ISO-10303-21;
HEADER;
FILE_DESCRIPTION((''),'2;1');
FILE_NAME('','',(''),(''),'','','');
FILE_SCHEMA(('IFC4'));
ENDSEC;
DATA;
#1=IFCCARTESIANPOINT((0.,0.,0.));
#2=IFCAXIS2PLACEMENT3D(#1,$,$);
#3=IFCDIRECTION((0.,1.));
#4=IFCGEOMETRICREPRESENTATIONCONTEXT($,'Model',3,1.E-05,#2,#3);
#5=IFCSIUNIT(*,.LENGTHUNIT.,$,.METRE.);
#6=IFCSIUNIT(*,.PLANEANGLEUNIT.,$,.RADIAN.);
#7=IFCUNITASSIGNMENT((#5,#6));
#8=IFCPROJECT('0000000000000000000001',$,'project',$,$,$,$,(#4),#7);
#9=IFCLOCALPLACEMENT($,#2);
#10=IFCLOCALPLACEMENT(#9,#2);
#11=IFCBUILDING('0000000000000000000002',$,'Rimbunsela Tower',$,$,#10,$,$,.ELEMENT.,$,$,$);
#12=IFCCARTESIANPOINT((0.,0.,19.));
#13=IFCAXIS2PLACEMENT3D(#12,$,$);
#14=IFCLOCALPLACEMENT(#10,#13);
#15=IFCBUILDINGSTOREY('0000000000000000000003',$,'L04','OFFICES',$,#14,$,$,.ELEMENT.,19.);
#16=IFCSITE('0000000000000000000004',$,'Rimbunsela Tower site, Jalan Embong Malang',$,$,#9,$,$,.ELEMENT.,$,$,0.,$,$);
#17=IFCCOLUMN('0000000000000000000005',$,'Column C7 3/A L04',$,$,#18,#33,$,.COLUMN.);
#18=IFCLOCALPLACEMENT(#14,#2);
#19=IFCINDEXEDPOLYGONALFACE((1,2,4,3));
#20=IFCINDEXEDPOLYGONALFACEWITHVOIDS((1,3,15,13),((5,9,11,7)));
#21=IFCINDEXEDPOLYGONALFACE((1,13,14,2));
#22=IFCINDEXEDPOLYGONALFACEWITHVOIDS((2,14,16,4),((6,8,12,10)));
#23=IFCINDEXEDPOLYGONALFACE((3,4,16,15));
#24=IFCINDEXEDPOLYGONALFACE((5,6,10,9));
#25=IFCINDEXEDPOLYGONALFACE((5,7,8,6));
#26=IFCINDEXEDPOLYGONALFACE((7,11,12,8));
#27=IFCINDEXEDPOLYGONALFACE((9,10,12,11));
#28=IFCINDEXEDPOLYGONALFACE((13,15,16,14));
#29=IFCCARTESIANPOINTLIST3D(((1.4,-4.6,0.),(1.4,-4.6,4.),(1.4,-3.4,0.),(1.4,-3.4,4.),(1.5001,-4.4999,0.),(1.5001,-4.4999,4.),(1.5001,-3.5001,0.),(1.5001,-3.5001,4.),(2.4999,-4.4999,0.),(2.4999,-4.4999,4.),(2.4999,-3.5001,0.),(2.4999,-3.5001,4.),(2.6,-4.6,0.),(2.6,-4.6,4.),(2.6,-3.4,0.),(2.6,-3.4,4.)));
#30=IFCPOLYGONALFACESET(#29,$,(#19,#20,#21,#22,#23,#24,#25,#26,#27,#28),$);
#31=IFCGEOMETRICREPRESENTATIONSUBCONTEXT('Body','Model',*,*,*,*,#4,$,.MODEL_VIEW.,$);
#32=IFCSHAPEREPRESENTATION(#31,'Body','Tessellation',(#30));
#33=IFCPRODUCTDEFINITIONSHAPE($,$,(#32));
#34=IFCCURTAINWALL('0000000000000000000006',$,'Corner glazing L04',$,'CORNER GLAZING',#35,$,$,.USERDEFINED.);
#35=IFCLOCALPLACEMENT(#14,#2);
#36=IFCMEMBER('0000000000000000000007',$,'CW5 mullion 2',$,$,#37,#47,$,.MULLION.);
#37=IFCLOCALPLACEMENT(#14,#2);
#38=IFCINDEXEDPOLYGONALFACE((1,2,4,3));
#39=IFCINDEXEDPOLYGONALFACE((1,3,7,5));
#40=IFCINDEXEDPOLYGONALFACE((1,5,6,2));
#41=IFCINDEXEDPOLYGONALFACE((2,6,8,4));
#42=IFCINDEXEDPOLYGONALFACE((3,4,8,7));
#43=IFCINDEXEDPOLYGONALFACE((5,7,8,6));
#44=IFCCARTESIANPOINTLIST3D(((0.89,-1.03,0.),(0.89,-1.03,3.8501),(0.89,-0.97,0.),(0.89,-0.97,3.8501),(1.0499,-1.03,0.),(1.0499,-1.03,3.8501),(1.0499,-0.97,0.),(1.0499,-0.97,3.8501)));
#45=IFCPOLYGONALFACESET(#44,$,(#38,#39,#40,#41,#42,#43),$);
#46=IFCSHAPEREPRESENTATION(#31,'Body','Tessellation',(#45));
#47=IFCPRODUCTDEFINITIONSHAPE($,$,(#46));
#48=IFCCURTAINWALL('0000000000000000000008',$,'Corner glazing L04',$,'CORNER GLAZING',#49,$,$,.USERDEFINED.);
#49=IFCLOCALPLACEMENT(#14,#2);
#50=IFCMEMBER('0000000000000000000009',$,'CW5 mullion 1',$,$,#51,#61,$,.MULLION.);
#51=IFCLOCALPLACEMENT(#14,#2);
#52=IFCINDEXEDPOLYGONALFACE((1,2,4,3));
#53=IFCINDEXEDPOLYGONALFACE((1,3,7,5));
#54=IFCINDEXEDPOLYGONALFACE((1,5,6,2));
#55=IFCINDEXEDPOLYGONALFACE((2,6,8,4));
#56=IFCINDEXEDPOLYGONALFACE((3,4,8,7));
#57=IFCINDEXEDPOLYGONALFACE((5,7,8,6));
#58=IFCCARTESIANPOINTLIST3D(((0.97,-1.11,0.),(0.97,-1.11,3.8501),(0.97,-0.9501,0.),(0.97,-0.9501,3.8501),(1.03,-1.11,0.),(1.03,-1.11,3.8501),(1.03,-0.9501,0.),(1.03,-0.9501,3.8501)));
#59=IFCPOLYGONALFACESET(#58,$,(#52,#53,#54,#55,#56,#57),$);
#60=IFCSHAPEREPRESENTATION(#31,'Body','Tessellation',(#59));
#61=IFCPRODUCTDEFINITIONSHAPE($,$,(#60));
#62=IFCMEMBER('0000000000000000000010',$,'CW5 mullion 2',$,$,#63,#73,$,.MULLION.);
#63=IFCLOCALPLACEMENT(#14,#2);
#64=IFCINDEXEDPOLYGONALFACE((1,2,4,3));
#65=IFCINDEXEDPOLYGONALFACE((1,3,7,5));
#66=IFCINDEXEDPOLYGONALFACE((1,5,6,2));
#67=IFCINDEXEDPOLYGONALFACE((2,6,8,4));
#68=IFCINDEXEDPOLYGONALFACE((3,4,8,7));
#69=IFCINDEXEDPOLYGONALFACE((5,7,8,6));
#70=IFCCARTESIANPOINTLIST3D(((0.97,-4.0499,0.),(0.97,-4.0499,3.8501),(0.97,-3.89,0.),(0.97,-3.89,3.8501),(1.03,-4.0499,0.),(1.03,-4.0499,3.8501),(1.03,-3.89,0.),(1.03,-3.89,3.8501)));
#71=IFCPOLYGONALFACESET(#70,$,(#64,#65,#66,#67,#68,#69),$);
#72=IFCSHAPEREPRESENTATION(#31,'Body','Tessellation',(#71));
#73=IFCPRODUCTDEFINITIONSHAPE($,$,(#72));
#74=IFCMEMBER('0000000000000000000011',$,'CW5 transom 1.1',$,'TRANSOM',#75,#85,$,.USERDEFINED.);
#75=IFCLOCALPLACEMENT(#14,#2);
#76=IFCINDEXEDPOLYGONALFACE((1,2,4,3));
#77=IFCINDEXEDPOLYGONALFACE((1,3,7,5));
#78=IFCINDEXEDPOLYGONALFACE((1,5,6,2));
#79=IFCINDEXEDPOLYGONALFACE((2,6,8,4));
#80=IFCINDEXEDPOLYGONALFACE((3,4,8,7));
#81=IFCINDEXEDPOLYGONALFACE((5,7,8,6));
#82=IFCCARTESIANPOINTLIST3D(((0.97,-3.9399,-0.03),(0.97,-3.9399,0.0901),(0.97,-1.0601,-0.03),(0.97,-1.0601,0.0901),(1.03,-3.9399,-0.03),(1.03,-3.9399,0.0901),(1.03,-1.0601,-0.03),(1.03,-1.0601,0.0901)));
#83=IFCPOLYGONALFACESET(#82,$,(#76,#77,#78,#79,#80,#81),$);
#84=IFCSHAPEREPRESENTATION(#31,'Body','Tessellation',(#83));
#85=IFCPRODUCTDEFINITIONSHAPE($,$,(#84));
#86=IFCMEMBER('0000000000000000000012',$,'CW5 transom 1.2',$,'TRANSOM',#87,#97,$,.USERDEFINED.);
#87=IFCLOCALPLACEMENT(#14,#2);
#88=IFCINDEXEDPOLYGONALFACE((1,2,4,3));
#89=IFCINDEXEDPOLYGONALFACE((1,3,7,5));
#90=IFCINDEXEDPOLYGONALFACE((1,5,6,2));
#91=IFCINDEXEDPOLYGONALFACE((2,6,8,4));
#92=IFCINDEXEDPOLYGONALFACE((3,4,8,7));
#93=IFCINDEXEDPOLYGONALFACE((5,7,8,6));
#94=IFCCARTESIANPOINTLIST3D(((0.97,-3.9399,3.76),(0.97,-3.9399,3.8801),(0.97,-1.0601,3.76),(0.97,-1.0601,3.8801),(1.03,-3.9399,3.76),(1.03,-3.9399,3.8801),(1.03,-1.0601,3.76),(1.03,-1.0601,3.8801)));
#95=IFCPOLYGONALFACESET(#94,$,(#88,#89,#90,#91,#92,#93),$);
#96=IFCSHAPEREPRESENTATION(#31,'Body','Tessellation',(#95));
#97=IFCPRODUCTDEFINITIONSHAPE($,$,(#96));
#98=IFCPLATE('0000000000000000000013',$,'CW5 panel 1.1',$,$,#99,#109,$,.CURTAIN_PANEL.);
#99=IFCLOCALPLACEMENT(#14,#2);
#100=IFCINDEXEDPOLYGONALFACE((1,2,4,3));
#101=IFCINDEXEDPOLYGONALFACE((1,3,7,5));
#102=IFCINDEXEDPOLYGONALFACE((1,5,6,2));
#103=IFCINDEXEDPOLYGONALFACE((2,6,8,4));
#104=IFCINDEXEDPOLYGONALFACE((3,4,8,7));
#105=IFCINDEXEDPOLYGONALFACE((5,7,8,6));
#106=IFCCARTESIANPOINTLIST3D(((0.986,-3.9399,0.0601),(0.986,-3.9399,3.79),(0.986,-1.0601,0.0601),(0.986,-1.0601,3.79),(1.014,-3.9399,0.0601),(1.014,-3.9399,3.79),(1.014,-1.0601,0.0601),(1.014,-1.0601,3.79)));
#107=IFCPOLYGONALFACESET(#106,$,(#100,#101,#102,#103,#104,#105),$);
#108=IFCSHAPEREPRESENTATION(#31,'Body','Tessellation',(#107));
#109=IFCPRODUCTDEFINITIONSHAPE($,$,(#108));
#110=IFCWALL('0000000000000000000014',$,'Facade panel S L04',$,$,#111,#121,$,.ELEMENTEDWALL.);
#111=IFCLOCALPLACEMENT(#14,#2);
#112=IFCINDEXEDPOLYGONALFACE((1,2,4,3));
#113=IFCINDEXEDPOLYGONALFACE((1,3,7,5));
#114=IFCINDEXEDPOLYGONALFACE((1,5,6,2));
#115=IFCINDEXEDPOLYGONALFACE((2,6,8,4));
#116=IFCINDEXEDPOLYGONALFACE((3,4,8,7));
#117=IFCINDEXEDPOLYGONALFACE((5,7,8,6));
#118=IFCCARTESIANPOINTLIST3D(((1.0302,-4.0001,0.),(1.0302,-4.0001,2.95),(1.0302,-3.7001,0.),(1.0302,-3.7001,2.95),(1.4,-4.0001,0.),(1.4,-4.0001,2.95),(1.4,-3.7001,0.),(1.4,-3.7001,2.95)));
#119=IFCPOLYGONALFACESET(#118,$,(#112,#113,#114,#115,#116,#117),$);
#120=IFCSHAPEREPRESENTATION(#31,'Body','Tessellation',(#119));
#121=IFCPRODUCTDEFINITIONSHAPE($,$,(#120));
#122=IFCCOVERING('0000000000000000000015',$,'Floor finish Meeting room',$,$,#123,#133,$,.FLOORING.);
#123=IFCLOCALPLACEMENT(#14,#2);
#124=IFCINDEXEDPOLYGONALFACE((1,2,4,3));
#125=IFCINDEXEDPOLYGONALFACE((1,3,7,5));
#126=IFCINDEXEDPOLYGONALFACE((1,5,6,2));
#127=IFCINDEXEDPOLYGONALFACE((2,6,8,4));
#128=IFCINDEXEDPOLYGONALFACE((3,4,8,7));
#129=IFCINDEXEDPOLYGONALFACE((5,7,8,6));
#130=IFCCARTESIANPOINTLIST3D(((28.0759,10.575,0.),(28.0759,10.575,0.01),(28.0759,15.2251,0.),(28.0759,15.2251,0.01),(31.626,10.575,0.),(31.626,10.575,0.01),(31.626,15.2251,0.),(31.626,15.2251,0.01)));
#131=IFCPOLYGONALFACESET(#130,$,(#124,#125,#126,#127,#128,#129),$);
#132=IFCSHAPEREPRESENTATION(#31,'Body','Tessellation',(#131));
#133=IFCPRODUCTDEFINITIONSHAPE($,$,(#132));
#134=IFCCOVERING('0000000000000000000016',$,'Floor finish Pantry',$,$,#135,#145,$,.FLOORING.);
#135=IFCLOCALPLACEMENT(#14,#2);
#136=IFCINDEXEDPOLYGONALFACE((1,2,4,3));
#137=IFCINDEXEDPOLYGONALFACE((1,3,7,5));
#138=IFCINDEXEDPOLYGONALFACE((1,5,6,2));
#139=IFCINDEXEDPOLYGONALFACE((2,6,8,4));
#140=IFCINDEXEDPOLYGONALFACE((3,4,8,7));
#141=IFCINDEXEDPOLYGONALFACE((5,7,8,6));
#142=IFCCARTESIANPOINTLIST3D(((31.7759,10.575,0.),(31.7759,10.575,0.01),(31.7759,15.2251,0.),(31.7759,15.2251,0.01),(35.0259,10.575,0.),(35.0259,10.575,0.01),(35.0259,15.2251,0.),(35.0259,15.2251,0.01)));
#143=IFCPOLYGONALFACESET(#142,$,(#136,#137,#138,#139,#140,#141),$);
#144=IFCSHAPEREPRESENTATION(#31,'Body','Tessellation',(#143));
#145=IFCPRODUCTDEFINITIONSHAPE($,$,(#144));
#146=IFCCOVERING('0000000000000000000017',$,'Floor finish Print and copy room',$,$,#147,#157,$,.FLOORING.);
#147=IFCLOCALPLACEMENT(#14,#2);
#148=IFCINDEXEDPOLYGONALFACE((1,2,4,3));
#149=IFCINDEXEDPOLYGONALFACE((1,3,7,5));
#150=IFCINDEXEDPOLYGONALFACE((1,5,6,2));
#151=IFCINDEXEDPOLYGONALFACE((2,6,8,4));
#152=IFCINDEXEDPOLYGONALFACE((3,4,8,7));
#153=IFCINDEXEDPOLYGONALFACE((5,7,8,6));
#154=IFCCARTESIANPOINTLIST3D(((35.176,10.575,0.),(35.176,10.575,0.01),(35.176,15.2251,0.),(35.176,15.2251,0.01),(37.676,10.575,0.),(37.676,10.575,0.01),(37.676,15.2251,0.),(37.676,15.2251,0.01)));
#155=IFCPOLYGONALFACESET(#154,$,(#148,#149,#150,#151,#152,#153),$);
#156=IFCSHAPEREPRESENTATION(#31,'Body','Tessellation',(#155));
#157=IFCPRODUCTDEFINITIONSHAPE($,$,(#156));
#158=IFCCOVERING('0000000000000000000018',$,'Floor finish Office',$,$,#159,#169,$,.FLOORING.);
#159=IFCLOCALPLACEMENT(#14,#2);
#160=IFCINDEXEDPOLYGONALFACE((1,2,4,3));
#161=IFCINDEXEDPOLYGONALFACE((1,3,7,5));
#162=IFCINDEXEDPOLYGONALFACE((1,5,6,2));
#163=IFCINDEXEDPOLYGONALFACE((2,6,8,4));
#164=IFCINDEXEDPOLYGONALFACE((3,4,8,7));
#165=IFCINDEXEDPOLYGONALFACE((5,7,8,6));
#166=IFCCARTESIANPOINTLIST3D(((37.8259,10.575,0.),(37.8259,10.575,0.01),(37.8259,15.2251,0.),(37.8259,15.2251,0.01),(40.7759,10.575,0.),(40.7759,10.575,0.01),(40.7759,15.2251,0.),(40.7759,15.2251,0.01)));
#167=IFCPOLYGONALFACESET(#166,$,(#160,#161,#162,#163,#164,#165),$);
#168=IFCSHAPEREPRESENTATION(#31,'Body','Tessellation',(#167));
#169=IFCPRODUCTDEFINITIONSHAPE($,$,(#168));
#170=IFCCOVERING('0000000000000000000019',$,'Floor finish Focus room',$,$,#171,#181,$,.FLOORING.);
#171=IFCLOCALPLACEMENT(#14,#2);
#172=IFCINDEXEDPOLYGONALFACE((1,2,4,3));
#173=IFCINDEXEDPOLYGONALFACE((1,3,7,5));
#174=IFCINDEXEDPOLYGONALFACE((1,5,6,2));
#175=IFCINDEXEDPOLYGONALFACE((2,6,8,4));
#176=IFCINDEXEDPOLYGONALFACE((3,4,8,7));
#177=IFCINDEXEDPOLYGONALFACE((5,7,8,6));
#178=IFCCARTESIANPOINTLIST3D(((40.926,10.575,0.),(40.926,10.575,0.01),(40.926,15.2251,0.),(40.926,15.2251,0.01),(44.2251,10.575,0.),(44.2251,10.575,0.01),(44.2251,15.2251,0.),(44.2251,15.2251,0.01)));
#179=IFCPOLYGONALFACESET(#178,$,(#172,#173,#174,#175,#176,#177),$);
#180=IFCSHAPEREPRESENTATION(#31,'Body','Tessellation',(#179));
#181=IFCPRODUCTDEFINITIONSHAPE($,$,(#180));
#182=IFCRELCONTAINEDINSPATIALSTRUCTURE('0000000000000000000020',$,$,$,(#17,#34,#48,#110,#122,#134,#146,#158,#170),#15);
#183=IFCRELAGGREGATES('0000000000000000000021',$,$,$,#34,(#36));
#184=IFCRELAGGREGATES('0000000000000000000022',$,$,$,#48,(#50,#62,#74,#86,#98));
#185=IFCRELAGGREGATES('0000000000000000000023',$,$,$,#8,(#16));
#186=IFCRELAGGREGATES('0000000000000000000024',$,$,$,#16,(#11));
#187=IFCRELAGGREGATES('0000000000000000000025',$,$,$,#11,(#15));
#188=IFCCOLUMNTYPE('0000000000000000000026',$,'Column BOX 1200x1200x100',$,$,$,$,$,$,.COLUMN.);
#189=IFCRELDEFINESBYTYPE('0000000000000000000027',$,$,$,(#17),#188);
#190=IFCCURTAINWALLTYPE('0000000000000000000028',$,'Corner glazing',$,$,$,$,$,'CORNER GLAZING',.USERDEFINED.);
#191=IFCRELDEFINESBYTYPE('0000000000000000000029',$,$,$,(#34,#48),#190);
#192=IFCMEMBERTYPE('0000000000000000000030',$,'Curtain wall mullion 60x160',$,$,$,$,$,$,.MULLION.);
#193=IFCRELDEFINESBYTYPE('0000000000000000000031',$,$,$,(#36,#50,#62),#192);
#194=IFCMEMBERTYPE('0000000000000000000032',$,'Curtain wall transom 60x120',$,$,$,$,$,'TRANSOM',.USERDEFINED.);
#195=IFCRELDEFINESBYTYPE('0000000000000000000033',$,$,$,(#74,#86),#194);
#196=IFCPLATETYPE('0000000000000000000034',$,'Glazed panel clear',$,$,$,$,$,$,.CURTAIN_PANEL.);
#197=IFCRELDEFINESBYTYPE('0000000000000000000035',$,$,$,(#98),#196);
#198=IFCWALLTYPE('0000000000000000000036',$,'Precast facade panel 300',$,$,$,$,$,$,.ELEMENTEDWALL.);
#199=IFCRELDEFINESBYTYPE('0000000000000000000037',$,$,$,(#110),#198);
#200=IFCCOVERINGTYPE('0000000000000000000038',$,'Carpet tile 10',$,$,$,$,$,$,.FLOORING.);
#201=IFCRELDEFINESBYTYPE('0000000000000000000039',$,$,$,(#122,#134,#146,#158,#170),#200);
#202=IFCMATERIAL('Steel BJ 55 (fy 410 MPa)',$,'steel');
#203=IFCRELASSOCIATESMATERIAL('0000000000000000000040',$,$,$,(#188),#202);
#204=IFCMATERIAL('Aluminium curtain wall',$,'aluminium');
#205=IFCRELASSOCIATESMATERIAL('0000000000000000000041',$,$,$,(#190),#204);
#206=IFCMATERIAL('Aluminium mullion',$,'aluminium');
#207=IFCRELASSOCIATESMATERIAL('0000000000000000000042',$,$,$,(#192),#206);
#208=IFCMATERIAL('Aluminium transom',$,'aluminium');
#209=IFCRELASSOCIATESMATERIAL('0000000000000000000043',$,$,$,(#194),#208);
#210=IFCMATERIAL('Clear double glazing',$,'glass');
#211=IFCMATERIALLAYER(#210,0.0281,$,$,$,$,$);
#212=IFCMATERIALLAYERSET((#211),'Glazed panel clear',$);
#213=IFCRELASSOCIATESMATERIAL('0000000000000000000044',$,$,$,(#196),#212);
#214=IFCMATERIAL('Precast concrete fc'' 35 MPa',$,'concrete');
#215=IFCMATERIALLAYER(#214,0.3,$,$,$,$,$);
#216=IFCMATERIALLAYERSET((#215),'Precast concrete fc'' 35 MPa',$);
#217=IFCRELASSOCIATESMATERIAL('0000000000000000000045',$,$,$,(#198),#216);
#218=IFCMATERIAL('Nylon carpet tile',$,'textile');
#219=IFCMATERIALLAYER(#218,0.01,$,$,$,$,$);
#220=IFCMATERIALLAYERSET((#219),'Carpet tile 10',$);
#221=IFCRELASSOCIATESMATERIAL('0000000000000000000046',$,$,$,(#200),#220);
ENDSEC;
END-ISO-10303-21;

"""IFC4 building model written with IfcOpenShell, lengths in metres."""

from ifc_helpers import new_model, si_unit, direction, frame, frame_2d, origin, origin_2d, place, context, subcontext, project, spatial, polyline, rectangle, hollow_rectangle, outline, extrude, material, layer, layer_set, material_profile, profile_set, type_object, element, aggregate, save


model = new_model("IFC4")

# Units and contexts
model_context = context("Model", 3, precision=1e-05, world=origin(), true_north=direction((0.0, 1.0)))
body_context = subcontext(model_context, "Body", "Model", "MODEL_VIEW")
ifc_project = project(units=[si_unit("LENGTHUNIT", "METRE"), si_unit("PLANEANGLEUNIT", "RADIAN")], contexts=[model_context])

# Site, building, storey
site_placement = place(None, origin())
site = spatial("IfcSite", under=ifc_project, at=site_placement, Name="Rimbunsela Tower site, Jalan Embong Malang", CompositionType="ELEMENT", RefElevation=0.0)
building_placement = place(site_placement, origin())
building = spatial("IfcBuilding", under=site, at=building_placement, Name="Rimbunsela Tower", CompositionType="ELEMENT")
storey_placement = place(building_placement, frame((0.0, 0.0, 19.0)))
storey = spatial("IfcBuildingStorey", under=building, at=storey_placement, Name="L04", Description="OFFICES", CompositionType="ELEMENT", Elevation=19.0)

# Column
ifc_material_1 = material(Name="Steel BJ 55 (fy 410 MPa)", Category="steel")
ifc_material_profile_1 = material_profile(ifc_material_1, hollow_rectangle(XDim=1.2, YDim=1.2, WallThickness=0.1001, at=origin_2d()), Name="BOX 1200x1200x100")
ifc_profile_set_1 = profile_set([ifc_material_profile_1], Name="Steel BJ 55 (fy 410 MPa)")
column_type = type_object("IfcColumnType", Name="Column BOX 1200x1200x100", PredefinedType="COLUMN", material=ifc_profile_set_1)
column_placement = place(storey_placement, frame((2.0, -4.0, 0.0), z_axis=(0.0, 0.0, 1.0), x_axis=(1.0, 0.0, 0.0)))
element("IfcColumn", 1, at=column_placement, inside=storey, type_object=column_type, Name="Column C7 3/A L04", PredefinedType="COLUMN", context=body_context, shape_type="SweptSolid", body=[
    extrude(hollow_rectangle(XDim=1.2, YDim=1.2, WallThickness=0.1001, at=origin_2d()), origin(), (0.0, 0.0, 1.0), 4.0),
])

# Curtain wall, member
ifc_material_2 = material(Name="Aluminium curtain wall", Category="aluminium")
curtain_wall_type = type_object("IfcCurtainWallType", Name="Corner glazing", ElementType="CORNER GLAZING", PredefinedType="USERDEFINED", material=ifc_material_2)
curtain_wall_1_placement = place(storey_placement, origin())
curtain_wall_1 = element("IfcCurtainWall", 2, at=curtain_wall_1_placement, inside=storey, type_object=curtain_wall_type, Name="Corner glazing L04", ObjectType="CORNER GLAZING", PredefinedType="USERDEFINED")
ifc_material_3 = material(Name="Aluminium mullion", Category="aluminium")
ifc_material_profile_2 = material_profile(ifc_material_3, rectangle(XDim=0.0601, YDim=0.1599, at=origin_2d()), Name="Mullion 60x160")
ifc_profile_set_2 = profile_set([ifc_material_profile_2], Name="Aluminium mullion")
member_type_1 = type_object("IfcMemberType", Name="Curtain wall mullion 60x160", PredefinedType="MULLION", material=ifc_profile_set_2)
member_1_placement = place(storey_placement, frame((0.97, -1.0, 0.0), z_axis=(0.0, 0.0, 1.0), x_axis=(0.0, 1.0, 0.0)))
member_1 = element("IfcMember", 3, at=member_1_placement, type_object=member_type_1, Name="CW5 mullion 2", PredefinedType="MULLION", context=body_context, shape_type="SweptSolid", body=[
    extrude(rectangle(XDim=0.0601, YDim=0.1599, at=origin_2d()), origin(), (0.0, 0.0, 1.0), 3.8501),
])
aggregate(curtain_wall_1, [member_1])

# Curtain wall, members, plate
curtain_wall_2_placement = place(storey_placement, origin())
curtain_wall_2 = element("IfcCurtainWall", 4, at=curtain_wall_2_placement, inside=storey, type_object=curtain_wall_type, Name="Corner glazing L04", ObjectType="CORNER GLAZING", PredefinedType="USERDEFINED")
member_2_placement = place(storey_placement, frame((1.0, -1.03, 0.0), z_axis=(0.0, 0.0, 1.0), x_axis=(1.0, 0.0, 0.0)))
member_2 = element("IfcMember", 5, at=member_2_placement, type_object=member_type_1, Name="CW5 mullion 1", PredefinedType="MULLION", context=body_context, shape_type="SweptSolid", body=[
    extrude(rectangle(XDim=0.0601, YDim=0.1599, at=origin_2d()), origin(), (0.0, 0.0, 1.0), 3.8501),
])
member_3_placement = place(storey_placement, frame((1.0, -3.97, 0.0), z_axis=(0.0, 0.0, 1.0), x_axis=(1.0, 0.0, 0.0)))
member_3 = element("IfcMember", 6, at=member_3_placement, type_object=member_type_1, Name="CW5 mullion 2", PredefinedType="MULLION", context=body_context, shape_type="SweptSolid", body=[
    extrude(rectangle(XDim=0.0601, YDim=0.1599, at=origin_2d()), origin(), (0.0, 0.0, 1.0), 3.8501),
])
ifc_material_4 = material(Name="Aluminium transom", Category="aluminium")
ifc_material_profile_3 = material_profile(ifc_material_4, rectangle(XDim=0.0601, YDim=0.1201, at=origin_2d()), Name="Transom 60x120")
ifc_profile_set_3 = profile_set([ifc_material_profile_3], Name="Aluminium transom")
member_type_2 = type_object("IfcMemberType", Name="Curtain wall transom 60x120", ElementType="TRANSOM", PredefinedType="USERDEFINED", material=ifc_profile_set_3)
member_4_placement = place(storey_placement, frame((1.0, -1.0601, 0.03), z_axis=(0.0, -1.0, 0.0), x_axis=(1.0, 0.0, 0.0)))
member_4 = element("IfcMember", 7, at=member_4_placement, type_object=member_type_2, Name="CW5 transom 1.1", ObjectType="TRANSOM", PredefinedType="USERDEFINED", context=body_context, shape_type="SweptSolid", body=[
    extrude(rectangle(XDim=0.0601, YDim=0.1201, at=origin_2d()), origin(), (0.0, 0.0, 1.0), 2.8799),
])
member_5_placement = place(storey_placement, frame((1.0, -1.0601, 3.8201), z_axis=(0.0, -1.0, 0.0), x_axis=(1.0, 0.0, 0.0)))
member_5 = element("IfcMember", 8, at=member_5_placement, type_object=member_type_2, Name="CW5 transom 1.2", ObjectType="TRANSOM", PredefinedType="USERDEFINED", context=body_context, shape_type="SweptSolid", body=[
    extrude(rectangle(XDim=0.0601, YDim=0.1201, at=origin_2d()), origin(), (0.0, 0.0, 1.0), 2.8799),
])
ifc_material_5 = material(Name="Clear double glazing", Category="glass")
ifc_layer_1 = layer(ifc_material_5, 0.0281)
ifc_layer_set_1 = layer_set([ifc_layer_1], Name="Glazed panel clear")
plate_type = type_object("IfcPlateType", Name="Glazed panel clear", PredefinedType="CURTAIN_PANEL", material=ifc_layer_set_1)
plate_placement = place(storey_placement, frame((1.0, -2.5, 0.0601), z_axis=(0.0, 0.0, 1.0), x_axis=(0.0, -1.0, 0.0)))
plate = element("IfcPlate", 9, at=plate_placement, type_object=plate_type, Name="CW5 panel 1.1", PredefinedType="CURTAIN_PANEL", context=body_context, shape_type="SweptSolid", body=[
    extrude(rectangle(XDim=2.8799, YDim=0.0281, at=origin_2d()), origin(), (0.0, 0.0, 1.0), 3.73),
])
aggregate(curtain_wall_2, [member_2, member_3, member_4, member_5, plate])

# Wall
ifc_material_6 = material(Name="Precast concrete fc' 35 MPa", Category="concrete")
ifc_layer_2 = layer(ifc_material_6, 0.3)
ifc_layer_set_2 = layer_set([ifc_layer_2], Name="Precast concrete fc' 35 MPa")
wall_type = type_object("IfcWallType", Name="Precast facade panel 300", PredefinedType="ELEMENTEDWALL", material=ifc_layer_set_2)
wall_placement = place(storey_placement, frame((1.03, -3.8501, 0.0), z_axis=(0.0, 0.0, 1.0), x_axis=(1.0, 0.0, 0.0)))
element("IfcWall", 10, at=wall_placement, inside=storey, type_object=wall_type, Name="Facade panel S L04", PredefinedType="ELEMENTEDWALL", context=body_context, shape_type="SweptSolid", body=[
    extrude(rectangle(XDim=0.3699, YDim=0.3, at=frame_2d((0.1851, 0.0))), origin(), (0.0, 0.0, 1.0), 2.95),
])

# Coverings
ifc_material_7 = material(Name="Nylon carpet tile", Category="textile")
ifc_layer_3 = layer(ifc_material_7, 0.01)
ifc_layer_set_3 = layer_set([ifc_layer_3], Name="Carpet tile 10")
covering_type_1 = type_object("IfcCoveringType", Name="Carpet tile 10", PredefinedType="FLOORING", material=ifc_layer_set_3)
covering_1_placement = place(storey_placement, origin())
element("IfcCovering", 11, at=covering_1_placement, inside=storey, type_object=covering_type_1, Name="Floor finish Meeting room", PredefinedType="FLOORING", context=body_context, shape_type="SweptSolid", body=[
    extrude(outline(polyline([(31.626, 10.575), (31.626, 15.2251), (28.0759, 15.2251), (28.0759, 10.575), (31.626, 10.575)])), origin(), (0.0, 0.0, 1.0), 0.01),
])
covering_2_placement = place(storey_placement, origin())
element("IfcCovering", 12, at=covering_2_placement, inside=storey, type_object=covering_type_1, Name="Floor finish Pantry", PredefinedType="FLOORING", context=body_context, shape_type="SweptSolid", body=[
    extrude(outline(polyline([(35.0259, 10.575), (35.0259, 15.2251), (31.7759, 15.2251), (31.7759, 10.575), (35.0259, 10.575)])), origin(), (0.0, 0.0, 1.0), 0.01),
])
covering_3_placement = place(storey_placement, origin())
element("IfcCovering", 13, at=covering_3_placement, inside=storey, type_object=covering_type_1, Name="Floor finish Print and copy room", PredefinedType="FLOORING", context=body_context, shape_type="SweptSolid", body=[
    extrude(outline(polyline([(37.676, 10.575), (37.676, 15.2251), (35.176, 15.2251), (35.176, 10.575), (37.676, 10.575)])), origin(), (0.0, 0.0, 1.0), 0.01),
])
covering_4_placement = place(storey_placement, origin())
element("IfcCovering", 14, at=covering_4_placement, inside=storey, type_object=covering_type_1, Name="Floor finish Office", PredefinedType="FLOORING", context=body_context, shape_type="SweptSolid", body=[
    extrude(outline(polyline([(40.7759, 10.575), (40.7759, 15.2251), (37.8259, 15.2251), (37.8259, 10.575), (40.7759, 10.575)])), origin(), (0.0, 0.0, 1.0), 0.01),
])
covering_5_placement = place(storey_placement, origin())
element("IfcCovering", 15, at=covering_5_placement, inside=storey, type_object=covering_type_1, Name="Floor finish Focus room", PredefinedType="FLOORING", context=body_context, shape_type="SweptSolid", body=[
    extrude(outline(polyline([(44.2251, 10.575), (44.2251, 15.2251), (40.926, 15.2251), (40.926, 10.575), (44.2251, 10.575)])), origin(), (0.0, 0.0, 1.0), 0.01),
])

save(model, "model.ifc")
